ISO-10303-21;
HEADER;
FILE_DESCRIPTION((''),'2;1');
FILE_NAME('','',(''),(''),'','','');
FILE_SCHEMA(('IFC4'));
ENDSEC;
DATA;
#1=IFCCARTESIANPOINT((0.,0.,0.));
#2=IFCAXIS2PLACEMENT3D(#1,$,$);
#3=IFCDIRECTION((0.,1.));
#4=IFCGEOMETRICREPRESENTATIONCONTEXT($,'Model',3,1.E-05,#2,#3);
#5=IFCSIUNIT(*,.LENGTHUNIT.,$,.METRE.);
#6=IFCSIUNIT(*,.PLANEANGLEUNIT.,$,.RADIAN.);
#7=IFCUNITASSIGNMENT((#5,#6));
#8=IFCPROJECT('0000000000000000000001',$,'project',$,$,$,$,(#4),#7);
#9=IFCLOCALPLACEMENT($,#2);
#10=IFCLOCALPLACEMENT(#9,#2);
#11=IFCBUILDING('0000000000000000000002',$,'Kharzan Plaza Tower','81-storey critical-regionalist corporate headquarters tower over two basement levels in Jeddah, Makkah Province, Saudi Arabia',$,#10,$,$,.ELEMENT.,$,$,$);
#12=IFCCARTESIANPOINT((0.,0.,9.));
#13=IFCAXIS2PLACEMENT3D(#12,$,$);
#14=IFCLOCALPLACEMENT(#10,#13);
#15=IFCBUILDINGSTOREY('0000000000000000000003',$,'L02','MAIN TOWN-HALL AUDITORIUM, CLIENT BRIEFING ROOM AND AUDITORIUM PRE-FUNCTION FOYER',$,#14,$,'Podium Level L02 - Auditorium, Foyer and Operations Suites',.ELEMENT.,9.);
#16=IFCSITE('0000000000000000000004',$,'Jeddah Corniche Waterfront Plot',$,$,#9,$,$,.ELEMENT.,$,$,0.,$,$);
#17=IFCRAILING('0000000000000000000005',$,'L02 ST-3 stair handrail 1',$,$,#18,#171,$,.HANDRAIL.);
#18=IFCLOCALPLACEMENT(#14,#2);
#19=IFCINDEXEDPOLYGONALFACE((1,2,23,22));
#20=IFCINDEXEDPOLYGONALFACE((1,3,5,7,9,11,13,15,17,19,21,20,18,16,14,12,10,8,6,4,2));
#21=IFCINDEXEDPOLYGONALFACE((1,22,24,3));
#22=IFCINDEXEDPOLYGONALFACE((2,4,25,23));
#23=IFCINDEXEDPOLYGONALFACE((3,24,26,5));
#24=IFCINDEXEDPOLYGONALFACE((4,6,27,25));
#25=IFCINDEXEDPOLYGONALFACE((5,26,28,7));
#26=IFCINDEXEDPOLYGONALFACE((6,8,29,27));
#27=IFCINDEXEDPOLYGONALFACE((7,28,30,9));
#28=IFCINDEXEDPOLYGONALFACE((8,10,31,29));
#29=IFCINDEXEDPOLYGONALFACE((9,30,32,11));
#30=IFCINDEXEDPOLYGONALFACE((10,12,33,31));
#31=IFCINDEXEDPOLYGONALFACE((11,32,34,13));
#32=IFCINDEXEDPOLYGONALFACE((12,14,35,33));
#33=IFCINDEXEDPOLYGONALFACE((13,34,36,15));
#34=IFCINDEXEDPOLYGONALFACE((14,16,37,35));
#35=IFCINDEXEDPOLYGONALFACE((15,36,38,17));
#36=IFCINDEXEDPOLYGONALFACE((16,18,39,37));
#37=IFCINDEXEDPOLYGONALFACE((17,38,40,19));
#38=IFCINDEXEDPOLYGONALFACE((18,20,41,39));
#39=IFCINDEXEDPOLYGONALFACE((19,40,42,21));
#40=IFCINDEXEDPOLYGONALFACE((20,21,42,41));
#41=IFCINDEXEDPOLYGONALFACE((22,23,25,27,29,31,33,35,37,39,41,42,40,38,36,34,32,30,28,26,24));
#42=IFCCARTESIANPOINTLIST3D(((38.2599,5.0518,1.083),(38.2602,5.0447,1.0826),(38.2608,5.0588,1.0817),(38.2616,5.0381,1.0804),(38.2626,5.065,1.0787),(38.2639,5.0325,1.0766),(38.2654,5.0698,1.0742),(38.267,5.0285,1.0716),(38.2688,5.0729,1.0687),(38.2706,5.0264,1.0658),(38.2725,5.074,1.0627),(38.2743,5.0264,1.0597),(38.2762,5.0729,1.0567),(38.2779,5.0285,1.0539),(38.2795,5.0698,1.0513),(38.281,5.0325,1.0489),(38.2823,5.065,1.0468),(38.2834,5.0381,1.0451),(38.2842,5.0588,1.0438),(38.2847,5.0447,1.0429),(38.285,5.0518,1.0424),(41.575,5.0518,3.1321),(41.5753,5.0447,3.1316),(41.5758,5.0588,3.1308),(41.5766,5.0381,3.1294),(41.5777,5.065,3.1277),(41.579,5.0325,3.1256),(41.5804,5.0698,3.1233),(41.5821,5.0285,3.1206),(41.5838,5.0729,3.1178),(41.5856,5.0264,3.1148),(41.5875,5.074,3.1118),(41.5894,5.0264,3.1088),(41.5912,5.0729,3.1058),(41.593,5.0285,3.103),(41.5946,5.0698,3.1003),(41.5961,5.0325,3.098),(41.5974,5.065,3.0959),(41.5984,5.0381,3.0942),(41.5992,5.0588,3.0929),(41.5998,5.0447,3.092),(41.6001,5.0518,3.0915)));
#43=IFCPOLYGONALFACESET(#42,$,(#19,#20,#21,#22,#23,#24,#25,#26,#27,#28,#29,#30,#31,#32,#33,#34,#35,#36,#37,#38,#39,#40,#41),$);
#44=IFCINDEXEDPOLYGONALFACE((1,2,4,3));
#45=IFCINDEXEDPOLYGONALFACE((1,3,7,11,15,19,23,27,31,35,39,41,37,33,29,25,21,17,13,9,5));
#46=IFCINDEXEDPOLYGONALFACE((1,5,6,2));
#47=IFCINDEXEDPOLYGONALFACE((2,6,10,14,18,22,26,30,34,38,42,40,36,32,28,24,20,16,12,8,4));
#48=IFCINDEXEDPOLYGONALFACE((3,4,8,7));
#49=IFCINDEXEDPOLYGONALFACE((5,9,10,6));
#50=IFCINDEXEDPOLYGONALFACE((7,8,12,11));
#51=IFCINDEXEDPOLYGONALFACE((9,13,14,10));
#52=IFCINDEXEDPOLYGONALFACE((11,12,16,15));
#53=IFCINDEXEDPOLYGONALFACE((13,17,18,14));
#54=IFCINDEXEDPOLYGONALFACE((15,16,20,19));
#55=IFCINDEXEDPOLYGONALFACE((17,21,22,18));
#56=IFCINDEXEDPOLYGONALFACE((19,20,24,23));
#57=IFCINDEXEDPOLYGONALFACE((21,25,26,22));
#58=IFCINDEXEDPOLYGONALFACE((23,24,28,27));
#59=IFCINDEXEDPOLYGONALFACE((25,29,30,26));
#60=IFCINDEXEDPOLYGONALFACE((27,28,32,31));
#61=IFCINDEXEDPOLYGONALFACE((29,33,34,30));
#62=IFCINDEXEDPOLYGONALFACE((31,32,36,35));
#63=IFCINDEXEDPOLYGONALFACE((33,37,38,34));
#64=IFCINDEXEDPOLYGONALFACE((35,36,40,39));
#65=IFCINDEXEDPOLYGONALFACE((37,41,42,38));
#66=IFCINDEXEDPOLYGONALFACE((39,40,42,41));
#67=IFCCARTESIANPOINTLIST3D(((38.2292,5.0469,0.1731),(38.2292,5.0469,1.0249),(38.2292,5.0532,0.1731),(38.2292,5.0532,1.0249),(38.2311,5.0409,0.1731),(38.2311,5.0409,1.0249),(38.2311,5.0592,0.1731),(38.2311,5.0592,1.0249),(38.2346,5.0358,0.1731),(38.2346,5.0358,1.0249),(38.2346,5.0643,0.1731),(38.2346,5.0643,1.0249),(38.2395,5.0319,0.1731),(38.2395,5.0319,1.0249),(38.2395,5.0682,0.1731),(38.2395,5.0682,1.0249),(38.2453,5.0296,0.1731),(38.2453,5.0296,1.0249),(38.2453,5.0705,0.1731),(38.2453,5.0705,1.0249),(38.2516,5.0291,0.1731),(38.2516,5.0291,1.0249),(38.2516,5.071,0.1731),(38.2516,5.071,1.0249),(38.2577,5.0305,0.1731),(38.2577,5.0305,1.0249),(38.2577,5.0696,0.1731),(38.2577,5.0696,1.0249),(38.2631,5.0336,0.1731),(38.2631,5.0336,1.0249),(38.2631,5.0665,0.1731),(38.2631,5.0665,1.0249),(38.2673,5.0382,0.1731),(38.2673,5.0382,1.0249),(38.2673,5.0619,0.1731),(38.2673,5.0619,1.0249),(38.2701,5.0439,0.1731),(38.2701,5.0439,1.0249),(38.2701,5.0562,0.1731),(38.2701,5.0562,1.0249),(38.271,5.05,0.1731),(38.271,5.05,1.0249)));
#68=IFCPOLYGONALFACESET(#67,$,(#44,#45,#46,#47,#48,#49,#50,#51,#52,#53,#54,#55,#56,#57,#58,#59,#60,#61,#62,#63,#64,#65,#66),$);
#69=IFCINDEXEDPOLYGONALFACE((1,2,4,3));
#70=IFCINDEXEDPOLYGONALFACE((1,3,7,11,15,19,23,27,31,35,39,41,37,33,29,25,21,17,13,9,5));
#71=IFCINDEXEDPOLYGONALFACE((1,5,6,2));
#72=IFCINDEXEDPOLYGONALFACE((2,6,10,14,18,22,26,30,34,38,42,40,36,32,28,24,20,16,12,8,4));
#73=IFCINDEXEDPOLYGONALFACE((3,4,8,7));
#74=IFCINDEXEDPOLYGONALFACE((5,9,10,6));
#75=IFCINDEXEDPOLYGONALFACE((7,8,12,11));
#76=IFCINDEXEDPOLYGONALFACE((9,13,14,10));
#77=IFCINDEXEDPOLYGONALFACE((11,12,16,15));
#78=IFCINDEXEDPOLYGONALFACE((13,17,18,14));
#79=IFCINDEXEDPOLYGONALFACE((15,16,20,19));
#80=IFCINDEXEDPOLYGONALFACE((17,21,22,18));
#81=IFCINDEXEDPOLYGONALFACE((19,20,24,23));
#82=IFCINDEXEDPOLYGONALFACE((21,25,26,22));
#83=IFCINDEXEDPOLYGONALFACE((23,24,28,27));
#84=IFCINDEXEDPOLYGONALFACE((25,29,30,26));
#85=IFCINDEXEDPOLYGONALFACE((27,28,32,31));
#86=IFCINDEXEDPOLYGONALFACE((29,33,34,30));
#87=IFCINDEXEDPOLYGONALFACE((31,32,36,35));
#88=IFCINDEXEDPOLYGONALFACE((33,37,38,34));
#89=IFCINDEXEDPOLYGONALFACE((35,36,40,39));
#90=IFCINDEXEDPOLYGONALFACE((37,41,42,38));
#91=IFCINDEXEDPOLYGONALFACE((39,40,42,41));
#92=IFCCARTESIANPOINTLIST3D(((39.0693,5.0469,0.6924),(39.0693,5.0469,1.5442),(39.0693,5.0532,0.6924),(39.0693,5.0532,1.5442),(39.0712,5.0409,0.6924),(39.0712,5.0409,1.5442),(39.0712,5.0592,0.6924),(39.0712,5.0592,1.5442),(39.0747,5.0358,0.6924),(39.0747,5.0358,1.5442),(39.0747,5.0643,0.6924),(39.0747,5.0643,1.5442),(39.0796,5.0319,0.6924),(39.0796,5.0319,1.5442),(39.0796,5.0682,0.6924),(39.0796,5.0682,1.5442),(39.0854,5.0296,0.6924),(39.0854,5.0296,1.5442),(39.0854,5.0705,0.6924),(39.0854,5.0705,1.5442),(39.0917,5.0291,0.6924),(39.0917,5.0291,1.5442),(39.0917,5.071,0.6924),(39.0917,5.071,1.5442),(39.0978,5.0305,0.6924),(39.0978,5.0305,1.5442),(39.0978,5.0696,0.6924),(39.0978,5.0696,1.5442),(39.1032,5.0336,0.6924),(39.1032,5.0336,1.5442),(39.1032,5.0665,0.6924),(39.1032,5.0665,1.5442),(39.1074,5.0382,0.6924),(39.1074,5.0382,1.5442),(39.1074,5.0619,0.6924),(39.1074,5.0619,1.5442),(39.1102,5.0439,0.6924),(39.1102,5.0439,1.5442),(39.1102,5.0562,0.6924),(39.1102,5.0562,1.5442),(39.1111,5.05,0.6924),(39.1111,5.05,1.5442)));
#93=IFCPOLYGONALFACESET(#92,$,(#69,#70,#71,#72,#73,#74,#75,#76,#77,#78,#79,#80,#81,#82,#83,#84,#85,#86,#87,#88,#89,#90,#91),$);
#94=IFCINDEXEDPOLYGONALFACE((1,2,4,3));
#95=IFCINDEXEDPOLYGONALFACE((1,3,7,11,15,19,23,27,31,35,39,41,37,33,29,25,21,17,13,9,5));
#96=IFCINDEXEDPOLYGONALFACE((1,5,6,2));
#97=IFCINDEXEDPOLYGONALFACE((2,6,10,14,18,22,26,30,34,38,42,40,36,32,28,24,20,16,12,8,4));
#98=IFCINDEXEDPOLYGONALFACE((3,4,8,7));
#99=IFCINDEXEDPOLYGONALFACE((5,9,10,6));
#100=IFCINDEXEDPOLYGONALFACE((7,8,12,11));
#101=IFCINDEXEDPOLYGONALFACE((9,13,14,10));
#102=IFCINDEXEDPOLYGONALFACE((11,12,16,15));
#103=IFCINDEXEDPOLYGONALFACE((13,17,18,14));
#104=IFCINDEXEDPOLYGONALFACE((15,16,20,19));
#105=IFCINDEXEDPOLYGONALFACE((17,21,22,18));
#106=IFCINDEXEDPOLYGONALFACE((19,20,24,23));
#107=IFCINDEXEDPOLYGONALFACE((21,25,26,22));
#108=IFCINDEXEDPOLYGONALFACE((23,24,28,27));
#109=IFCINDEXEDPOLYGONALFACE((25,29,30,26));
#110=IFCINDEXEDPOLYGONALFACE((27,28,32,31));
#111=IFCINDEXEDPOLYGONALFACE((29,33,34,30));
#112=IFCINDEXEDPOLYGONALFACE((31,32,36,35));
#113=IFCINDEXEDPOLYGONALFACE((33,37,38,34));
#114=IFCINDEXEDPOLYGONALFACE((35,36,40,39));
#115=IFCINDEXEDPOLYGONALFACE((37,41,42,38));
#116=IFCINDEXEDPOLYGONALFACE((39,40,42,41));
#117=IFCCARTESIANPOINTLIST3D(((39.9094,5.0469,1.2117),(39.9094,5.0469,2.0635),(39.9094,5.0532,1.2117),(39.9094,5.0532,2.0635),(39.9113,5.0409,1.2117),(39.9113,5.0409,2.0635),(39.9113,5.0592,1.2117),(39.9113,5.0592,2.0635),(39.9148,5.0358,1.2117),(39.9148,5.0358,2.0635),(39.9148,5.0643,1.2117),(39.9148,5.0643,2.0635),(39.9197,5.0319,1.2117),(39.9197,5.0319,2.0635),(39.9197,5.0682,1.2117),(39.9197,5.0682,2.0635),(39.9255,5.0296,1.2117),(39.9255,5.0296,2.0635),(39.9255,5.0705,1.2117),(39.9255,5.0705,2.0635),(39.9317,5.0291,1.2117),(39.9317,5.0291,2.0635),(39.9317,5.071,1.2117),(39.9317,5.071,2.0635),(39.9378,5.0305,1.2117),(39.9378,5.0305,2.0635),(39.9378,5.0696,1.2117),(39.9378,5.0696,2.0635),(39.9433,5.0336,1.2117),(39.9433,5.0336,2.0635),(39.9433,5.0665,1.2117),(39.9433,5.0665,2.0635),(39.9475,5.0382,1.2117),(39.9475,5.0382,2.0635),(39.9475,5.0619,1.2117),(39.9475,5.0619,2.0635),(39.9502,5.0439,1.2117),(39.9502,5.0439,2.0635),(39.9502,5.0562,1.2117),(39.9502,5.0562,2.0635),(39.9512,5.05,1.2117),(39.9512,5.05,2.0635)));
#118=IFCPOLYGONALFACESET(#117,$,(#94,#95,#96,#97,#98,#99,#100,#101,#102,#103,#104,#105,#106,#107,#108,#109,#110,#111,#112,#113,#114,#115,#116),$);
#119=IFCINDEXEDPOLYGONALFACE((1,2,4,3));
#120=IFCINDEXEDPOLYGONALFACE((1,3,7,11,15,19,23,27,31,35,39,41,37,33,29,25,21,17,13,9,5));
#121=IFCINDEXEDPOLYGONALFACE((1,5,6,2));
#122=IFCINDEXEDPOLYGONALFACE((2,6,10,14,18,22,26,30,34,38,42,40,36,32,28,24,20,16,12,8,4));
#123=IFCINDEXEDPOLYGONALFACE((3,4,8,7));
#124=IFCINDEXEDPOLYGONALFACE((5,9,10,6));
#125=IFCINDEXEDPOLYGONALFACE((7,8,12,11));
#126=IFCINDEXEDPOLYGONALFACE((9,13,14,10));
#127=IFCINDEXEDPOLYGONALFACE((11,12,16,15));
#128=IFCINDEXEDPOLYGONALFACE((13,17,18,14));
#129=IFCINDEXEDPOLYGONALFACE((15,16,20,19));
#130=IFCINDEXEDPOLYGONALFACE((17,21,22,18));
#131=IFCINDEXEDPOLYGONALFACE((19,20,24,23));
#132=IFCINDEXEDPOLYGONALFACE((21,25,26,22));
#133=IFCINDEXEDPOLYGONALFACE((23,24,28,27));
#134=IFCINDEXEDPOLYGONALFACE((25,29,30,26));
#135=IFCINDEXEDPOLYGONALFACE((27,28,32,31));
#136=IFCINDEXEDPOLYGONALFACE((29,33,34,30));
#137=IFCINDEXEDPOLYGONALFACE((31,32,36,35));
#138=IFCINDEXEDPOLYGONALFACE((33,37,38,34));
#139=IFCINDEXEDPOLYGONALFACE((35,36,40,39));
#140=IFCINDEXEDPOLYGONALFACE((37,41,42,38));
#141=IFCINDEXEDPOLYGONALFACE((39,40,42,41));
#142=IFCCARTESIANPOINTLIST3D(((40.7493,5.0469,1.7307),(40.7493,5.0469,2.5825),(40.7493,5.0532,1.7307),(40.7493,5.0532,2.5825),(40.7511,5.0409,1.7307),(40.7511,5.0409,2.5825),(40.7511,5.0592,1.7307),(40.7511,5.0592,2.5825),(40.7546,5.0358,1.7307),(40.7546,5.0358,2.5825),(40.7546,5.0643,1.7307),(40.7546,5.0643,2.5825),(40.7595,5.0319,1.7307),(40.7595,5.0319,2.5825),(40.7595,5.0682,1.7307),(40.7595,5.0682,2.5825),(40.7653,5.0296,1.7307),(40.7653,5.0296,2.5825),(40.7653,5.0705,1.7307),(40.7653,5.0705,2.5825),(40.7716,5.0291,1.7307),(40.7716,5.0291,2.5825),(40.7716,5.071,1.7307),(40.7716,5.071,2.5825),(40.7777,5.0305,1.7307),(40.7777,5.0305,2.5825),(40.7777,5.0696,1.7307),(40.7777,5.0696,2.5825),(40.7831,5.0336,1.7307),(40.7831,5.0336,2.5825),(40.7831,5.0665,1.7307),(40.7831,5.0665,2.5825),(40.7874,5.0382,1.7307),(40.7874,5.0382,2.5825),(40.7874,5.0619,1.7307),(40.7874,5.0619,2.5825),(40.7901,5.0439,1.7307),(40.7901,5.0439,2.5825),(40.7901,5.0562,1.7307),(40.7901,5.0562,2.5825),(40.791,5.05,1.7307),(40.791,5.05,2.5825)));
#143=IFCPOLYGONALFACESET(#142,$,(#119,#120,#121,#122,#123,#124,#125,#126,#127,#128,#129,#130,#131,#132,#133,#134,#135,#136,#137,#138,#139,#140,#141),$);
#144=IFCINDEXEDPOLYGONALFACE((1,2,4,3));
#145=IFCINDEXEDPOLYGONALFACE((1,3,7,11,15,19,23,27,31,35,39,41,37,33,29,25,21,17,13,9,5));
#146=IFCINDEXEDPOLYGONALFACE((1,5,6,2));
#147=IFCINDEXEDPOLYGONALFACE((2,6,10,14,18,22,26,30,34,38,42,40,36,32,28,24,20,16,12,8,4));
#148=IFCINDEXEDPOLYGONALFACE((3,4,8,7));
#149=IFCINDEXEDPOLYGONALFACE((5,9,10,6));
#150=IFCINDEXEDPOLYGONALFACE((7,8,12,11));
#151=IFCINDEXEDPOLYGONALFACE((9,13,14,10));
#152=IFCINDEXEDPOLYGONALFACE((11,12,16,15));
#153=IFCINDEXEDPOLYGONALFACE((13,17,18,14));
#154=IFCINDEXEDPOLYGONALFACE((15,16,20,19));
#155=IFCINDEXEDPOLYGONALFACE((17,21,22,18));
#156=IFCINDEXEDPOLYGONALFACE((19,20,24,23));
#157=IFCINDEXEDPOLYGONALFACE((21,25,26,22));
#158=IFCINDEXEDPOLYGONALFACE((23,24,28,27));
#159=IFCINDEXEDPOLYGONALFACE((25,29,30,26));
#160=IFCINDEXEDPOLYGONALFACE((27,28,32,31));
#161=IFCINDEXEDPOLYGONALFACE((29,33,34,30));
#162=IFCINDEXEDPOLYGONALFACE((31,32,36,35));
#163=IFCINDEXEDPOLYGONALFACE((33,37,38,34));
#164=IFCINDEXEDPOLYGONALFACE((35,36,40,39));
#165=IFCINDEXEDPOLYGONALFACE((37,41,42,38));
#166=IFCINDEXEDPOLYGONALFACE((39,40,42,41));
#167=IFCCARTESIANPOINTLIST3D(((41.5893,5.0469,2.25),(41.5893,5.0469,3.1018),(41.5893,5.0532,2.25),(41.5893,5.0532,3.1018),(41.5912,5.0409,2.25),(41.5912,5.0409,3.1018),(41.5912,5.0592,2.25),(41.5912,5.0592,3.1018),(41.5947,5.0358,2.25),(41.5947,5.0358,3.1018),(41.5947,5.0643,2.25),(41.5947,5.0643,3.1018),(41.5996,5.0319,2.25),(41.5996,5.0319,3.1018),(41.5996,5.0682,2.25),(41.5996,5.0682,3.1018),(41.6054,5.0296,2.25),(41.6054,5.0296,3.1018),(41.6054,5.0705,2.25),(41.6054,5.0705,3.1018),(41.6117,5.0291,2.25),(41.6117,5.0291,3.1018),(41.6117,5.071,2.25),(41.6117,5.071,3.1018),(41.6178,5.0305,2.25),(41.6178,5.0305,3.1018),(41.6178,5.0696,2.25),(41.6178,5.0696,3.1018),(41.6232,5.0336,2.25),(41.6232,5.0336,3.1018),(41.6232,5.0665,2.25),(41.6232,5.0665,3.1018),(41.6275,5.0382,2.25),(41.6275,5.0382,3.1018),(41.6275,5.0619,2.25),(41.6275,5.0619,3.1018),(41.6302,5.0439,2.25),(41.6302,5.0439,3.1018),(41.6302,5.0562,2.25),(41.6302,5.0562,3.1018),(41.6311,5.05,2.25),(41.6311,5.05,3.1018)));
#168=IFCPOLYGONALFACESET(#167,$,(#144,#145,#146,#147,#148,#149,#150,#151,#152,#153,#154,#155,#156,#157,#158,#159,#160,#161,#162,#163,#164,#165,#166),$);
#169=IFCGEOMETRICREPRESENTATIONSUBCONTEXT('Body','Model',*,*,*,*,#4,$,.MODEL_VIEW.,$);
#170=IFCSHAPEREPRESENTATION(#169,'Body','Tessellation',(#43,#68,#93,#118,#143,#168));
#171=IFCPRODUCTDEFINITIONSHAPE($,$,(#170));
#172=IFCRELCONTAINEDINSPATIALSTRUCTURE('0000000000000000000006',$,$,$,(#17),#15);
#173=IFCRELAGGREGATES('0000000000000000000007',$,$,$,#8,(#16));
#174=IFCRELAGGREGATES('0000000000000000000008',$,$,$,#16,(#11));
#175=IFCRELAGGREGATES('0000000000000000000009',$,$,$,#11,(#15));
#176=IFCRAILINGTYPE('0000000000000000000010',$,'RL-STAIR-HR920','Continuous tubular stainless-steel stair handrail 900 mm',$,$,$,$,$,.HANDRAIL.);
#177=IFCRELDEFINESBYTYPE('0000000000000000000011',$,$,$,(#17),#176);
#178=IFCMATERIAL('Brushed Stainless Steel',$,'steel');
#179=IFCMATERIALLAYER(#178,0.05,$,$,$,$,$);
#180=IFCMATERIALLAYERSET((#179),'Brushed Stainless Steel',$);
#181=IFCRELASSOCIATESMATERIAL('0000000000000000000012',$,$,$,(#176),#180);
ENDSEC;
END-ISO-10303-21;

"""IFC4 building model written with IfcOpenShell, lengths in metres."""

from ifc_helpers import new_model, si_unit, direction, frame, origin, origin_2d, place, context, subcontext, project, spatial, circle, extrude, source, transform, mapped, material, layer, layer_set, type_object, element, save


model = new_model("IFC4")

# Units and contexts
model_context = context("Model", 3, precision=1e-05, world=origin(), true_north=direction((0.0, 1.0)))
body_context = subcontext(model_context, "Body", "Model", "MODEL_VIEW")
ifc_project = project(units=[si_unit("LENGTHUNIT", "METRE"), si_unit("PLANEANGLEUNIT", "RADIAN")], contexts=[model_context])

# Site, building, storey
site_placement = place(None, origin())
site = spatial("IfcSite", under=ifc_project, at=site_placement, Name="Jeddah Corniche Waterfront Plot", CompositionType="ELEMENT", RefElevation=0.0)
building_placement = place(site_placement, origin())
building = spatial("IfcBuilding", under=site, at=building_placement, Name="Kharzan Plaza Tower", Description="81-storey critical-regionalist corporate headquarters tower over two basement levels in Jeddah, Makkah Province, Saudi Arabia", CompositionType="ELEMENT")
storey_placement = place(building_placement, frame((0.0, 0.0, 9.0)))
storey = spatial("IfcBuildingStorey", under=building, at=storey_placement, Name="L02", Description="MAIN TOWN-HALL AUDITORIUM, CLIENT BRIEFING ROOM AND AUDITORIUM PRE-FUNCTION FOYER", LongName="Podium Level L02 - Auditorium, Foyer and Operations Suites", CompositionType="ELEMENT", Elevation=9.0)

# Railing
ifc_material_1 = material(Name="Brushed Stainless Steel", Category="steel")
ifc_layer_1 = layer(ifc_material_1, 0.05)
ifc_layer_set_1 = layer_set([ifc_layer_1], Name="Brushed Stainless Steel")
railing_type_1 = type_object("IfcRailingType", Name="RL-STAIR-HR920", Description="Continuous tubular stainless-steel stair handrail 900 mm", PredefinedType="HANDRAIL", material=ifc_layer_set_1)
shared_shape_1 = source(origin(), body_context, "Body", "SweptSolid", [
    extrude(circle(Radius=0.0239, at=origin_2d()), frame((0.0225, 0.0, 0.8896), z_axis=(0.850623, 0.0, 0.525776), x_axis=(0.0, 1.0, 0.0)), (0.0, 0.0, 1.0), 3.8972),
    extrude(circle(Radius=0.021, at=origin_2d()), origin(), (0.0, 0.0, 1.0), 0.8518),
    extrude(circle(Radius=0.021, at=origin_2d()), frame((0.8401, 0.0, 0.5193)), (0.0, 0.0, 1.0), 0.8518),
    extrude(circle(Radius=0.021, at=origin_2d()), frame((1.6802, 0.0, 1.0386)), (0.0, 0.0, 1.0), 0.8518),
    extrude(circle(Radius=0.021, at=origin_2d()), frame((2.52, 0.0, 1.5576)), (0.0, 0.0, 1.0), 0.8518),
    extrude(circle(Radius=0.021, at=origin_2d()), frame((3.3601, 0.0, 2.0769)), (0.0, 0.0, 1.0), 0.8518),
])
railing_1_placement = place(storey_placement, frame((38.25, 5.05, 0.1731)))
element("IfcRailing", 1, at=railing_1_placement, inside=storey, type_object=railing_type_1, Name="L02 ST-3 stair handrail 1", PredefinedType="HANDRAIL", context=body_context, shape_type="MappedRepresentation", body=[
    mapped(shared_shape_1, transform((0.0, 0.0, 0.0), x_axis=(1.0, 0.0, 0.0), y_axis=(0.0, 1.0, 0.0), z_axis=(0.0, 0.0, 1.0))),
])

save(model, "model.ifc")
